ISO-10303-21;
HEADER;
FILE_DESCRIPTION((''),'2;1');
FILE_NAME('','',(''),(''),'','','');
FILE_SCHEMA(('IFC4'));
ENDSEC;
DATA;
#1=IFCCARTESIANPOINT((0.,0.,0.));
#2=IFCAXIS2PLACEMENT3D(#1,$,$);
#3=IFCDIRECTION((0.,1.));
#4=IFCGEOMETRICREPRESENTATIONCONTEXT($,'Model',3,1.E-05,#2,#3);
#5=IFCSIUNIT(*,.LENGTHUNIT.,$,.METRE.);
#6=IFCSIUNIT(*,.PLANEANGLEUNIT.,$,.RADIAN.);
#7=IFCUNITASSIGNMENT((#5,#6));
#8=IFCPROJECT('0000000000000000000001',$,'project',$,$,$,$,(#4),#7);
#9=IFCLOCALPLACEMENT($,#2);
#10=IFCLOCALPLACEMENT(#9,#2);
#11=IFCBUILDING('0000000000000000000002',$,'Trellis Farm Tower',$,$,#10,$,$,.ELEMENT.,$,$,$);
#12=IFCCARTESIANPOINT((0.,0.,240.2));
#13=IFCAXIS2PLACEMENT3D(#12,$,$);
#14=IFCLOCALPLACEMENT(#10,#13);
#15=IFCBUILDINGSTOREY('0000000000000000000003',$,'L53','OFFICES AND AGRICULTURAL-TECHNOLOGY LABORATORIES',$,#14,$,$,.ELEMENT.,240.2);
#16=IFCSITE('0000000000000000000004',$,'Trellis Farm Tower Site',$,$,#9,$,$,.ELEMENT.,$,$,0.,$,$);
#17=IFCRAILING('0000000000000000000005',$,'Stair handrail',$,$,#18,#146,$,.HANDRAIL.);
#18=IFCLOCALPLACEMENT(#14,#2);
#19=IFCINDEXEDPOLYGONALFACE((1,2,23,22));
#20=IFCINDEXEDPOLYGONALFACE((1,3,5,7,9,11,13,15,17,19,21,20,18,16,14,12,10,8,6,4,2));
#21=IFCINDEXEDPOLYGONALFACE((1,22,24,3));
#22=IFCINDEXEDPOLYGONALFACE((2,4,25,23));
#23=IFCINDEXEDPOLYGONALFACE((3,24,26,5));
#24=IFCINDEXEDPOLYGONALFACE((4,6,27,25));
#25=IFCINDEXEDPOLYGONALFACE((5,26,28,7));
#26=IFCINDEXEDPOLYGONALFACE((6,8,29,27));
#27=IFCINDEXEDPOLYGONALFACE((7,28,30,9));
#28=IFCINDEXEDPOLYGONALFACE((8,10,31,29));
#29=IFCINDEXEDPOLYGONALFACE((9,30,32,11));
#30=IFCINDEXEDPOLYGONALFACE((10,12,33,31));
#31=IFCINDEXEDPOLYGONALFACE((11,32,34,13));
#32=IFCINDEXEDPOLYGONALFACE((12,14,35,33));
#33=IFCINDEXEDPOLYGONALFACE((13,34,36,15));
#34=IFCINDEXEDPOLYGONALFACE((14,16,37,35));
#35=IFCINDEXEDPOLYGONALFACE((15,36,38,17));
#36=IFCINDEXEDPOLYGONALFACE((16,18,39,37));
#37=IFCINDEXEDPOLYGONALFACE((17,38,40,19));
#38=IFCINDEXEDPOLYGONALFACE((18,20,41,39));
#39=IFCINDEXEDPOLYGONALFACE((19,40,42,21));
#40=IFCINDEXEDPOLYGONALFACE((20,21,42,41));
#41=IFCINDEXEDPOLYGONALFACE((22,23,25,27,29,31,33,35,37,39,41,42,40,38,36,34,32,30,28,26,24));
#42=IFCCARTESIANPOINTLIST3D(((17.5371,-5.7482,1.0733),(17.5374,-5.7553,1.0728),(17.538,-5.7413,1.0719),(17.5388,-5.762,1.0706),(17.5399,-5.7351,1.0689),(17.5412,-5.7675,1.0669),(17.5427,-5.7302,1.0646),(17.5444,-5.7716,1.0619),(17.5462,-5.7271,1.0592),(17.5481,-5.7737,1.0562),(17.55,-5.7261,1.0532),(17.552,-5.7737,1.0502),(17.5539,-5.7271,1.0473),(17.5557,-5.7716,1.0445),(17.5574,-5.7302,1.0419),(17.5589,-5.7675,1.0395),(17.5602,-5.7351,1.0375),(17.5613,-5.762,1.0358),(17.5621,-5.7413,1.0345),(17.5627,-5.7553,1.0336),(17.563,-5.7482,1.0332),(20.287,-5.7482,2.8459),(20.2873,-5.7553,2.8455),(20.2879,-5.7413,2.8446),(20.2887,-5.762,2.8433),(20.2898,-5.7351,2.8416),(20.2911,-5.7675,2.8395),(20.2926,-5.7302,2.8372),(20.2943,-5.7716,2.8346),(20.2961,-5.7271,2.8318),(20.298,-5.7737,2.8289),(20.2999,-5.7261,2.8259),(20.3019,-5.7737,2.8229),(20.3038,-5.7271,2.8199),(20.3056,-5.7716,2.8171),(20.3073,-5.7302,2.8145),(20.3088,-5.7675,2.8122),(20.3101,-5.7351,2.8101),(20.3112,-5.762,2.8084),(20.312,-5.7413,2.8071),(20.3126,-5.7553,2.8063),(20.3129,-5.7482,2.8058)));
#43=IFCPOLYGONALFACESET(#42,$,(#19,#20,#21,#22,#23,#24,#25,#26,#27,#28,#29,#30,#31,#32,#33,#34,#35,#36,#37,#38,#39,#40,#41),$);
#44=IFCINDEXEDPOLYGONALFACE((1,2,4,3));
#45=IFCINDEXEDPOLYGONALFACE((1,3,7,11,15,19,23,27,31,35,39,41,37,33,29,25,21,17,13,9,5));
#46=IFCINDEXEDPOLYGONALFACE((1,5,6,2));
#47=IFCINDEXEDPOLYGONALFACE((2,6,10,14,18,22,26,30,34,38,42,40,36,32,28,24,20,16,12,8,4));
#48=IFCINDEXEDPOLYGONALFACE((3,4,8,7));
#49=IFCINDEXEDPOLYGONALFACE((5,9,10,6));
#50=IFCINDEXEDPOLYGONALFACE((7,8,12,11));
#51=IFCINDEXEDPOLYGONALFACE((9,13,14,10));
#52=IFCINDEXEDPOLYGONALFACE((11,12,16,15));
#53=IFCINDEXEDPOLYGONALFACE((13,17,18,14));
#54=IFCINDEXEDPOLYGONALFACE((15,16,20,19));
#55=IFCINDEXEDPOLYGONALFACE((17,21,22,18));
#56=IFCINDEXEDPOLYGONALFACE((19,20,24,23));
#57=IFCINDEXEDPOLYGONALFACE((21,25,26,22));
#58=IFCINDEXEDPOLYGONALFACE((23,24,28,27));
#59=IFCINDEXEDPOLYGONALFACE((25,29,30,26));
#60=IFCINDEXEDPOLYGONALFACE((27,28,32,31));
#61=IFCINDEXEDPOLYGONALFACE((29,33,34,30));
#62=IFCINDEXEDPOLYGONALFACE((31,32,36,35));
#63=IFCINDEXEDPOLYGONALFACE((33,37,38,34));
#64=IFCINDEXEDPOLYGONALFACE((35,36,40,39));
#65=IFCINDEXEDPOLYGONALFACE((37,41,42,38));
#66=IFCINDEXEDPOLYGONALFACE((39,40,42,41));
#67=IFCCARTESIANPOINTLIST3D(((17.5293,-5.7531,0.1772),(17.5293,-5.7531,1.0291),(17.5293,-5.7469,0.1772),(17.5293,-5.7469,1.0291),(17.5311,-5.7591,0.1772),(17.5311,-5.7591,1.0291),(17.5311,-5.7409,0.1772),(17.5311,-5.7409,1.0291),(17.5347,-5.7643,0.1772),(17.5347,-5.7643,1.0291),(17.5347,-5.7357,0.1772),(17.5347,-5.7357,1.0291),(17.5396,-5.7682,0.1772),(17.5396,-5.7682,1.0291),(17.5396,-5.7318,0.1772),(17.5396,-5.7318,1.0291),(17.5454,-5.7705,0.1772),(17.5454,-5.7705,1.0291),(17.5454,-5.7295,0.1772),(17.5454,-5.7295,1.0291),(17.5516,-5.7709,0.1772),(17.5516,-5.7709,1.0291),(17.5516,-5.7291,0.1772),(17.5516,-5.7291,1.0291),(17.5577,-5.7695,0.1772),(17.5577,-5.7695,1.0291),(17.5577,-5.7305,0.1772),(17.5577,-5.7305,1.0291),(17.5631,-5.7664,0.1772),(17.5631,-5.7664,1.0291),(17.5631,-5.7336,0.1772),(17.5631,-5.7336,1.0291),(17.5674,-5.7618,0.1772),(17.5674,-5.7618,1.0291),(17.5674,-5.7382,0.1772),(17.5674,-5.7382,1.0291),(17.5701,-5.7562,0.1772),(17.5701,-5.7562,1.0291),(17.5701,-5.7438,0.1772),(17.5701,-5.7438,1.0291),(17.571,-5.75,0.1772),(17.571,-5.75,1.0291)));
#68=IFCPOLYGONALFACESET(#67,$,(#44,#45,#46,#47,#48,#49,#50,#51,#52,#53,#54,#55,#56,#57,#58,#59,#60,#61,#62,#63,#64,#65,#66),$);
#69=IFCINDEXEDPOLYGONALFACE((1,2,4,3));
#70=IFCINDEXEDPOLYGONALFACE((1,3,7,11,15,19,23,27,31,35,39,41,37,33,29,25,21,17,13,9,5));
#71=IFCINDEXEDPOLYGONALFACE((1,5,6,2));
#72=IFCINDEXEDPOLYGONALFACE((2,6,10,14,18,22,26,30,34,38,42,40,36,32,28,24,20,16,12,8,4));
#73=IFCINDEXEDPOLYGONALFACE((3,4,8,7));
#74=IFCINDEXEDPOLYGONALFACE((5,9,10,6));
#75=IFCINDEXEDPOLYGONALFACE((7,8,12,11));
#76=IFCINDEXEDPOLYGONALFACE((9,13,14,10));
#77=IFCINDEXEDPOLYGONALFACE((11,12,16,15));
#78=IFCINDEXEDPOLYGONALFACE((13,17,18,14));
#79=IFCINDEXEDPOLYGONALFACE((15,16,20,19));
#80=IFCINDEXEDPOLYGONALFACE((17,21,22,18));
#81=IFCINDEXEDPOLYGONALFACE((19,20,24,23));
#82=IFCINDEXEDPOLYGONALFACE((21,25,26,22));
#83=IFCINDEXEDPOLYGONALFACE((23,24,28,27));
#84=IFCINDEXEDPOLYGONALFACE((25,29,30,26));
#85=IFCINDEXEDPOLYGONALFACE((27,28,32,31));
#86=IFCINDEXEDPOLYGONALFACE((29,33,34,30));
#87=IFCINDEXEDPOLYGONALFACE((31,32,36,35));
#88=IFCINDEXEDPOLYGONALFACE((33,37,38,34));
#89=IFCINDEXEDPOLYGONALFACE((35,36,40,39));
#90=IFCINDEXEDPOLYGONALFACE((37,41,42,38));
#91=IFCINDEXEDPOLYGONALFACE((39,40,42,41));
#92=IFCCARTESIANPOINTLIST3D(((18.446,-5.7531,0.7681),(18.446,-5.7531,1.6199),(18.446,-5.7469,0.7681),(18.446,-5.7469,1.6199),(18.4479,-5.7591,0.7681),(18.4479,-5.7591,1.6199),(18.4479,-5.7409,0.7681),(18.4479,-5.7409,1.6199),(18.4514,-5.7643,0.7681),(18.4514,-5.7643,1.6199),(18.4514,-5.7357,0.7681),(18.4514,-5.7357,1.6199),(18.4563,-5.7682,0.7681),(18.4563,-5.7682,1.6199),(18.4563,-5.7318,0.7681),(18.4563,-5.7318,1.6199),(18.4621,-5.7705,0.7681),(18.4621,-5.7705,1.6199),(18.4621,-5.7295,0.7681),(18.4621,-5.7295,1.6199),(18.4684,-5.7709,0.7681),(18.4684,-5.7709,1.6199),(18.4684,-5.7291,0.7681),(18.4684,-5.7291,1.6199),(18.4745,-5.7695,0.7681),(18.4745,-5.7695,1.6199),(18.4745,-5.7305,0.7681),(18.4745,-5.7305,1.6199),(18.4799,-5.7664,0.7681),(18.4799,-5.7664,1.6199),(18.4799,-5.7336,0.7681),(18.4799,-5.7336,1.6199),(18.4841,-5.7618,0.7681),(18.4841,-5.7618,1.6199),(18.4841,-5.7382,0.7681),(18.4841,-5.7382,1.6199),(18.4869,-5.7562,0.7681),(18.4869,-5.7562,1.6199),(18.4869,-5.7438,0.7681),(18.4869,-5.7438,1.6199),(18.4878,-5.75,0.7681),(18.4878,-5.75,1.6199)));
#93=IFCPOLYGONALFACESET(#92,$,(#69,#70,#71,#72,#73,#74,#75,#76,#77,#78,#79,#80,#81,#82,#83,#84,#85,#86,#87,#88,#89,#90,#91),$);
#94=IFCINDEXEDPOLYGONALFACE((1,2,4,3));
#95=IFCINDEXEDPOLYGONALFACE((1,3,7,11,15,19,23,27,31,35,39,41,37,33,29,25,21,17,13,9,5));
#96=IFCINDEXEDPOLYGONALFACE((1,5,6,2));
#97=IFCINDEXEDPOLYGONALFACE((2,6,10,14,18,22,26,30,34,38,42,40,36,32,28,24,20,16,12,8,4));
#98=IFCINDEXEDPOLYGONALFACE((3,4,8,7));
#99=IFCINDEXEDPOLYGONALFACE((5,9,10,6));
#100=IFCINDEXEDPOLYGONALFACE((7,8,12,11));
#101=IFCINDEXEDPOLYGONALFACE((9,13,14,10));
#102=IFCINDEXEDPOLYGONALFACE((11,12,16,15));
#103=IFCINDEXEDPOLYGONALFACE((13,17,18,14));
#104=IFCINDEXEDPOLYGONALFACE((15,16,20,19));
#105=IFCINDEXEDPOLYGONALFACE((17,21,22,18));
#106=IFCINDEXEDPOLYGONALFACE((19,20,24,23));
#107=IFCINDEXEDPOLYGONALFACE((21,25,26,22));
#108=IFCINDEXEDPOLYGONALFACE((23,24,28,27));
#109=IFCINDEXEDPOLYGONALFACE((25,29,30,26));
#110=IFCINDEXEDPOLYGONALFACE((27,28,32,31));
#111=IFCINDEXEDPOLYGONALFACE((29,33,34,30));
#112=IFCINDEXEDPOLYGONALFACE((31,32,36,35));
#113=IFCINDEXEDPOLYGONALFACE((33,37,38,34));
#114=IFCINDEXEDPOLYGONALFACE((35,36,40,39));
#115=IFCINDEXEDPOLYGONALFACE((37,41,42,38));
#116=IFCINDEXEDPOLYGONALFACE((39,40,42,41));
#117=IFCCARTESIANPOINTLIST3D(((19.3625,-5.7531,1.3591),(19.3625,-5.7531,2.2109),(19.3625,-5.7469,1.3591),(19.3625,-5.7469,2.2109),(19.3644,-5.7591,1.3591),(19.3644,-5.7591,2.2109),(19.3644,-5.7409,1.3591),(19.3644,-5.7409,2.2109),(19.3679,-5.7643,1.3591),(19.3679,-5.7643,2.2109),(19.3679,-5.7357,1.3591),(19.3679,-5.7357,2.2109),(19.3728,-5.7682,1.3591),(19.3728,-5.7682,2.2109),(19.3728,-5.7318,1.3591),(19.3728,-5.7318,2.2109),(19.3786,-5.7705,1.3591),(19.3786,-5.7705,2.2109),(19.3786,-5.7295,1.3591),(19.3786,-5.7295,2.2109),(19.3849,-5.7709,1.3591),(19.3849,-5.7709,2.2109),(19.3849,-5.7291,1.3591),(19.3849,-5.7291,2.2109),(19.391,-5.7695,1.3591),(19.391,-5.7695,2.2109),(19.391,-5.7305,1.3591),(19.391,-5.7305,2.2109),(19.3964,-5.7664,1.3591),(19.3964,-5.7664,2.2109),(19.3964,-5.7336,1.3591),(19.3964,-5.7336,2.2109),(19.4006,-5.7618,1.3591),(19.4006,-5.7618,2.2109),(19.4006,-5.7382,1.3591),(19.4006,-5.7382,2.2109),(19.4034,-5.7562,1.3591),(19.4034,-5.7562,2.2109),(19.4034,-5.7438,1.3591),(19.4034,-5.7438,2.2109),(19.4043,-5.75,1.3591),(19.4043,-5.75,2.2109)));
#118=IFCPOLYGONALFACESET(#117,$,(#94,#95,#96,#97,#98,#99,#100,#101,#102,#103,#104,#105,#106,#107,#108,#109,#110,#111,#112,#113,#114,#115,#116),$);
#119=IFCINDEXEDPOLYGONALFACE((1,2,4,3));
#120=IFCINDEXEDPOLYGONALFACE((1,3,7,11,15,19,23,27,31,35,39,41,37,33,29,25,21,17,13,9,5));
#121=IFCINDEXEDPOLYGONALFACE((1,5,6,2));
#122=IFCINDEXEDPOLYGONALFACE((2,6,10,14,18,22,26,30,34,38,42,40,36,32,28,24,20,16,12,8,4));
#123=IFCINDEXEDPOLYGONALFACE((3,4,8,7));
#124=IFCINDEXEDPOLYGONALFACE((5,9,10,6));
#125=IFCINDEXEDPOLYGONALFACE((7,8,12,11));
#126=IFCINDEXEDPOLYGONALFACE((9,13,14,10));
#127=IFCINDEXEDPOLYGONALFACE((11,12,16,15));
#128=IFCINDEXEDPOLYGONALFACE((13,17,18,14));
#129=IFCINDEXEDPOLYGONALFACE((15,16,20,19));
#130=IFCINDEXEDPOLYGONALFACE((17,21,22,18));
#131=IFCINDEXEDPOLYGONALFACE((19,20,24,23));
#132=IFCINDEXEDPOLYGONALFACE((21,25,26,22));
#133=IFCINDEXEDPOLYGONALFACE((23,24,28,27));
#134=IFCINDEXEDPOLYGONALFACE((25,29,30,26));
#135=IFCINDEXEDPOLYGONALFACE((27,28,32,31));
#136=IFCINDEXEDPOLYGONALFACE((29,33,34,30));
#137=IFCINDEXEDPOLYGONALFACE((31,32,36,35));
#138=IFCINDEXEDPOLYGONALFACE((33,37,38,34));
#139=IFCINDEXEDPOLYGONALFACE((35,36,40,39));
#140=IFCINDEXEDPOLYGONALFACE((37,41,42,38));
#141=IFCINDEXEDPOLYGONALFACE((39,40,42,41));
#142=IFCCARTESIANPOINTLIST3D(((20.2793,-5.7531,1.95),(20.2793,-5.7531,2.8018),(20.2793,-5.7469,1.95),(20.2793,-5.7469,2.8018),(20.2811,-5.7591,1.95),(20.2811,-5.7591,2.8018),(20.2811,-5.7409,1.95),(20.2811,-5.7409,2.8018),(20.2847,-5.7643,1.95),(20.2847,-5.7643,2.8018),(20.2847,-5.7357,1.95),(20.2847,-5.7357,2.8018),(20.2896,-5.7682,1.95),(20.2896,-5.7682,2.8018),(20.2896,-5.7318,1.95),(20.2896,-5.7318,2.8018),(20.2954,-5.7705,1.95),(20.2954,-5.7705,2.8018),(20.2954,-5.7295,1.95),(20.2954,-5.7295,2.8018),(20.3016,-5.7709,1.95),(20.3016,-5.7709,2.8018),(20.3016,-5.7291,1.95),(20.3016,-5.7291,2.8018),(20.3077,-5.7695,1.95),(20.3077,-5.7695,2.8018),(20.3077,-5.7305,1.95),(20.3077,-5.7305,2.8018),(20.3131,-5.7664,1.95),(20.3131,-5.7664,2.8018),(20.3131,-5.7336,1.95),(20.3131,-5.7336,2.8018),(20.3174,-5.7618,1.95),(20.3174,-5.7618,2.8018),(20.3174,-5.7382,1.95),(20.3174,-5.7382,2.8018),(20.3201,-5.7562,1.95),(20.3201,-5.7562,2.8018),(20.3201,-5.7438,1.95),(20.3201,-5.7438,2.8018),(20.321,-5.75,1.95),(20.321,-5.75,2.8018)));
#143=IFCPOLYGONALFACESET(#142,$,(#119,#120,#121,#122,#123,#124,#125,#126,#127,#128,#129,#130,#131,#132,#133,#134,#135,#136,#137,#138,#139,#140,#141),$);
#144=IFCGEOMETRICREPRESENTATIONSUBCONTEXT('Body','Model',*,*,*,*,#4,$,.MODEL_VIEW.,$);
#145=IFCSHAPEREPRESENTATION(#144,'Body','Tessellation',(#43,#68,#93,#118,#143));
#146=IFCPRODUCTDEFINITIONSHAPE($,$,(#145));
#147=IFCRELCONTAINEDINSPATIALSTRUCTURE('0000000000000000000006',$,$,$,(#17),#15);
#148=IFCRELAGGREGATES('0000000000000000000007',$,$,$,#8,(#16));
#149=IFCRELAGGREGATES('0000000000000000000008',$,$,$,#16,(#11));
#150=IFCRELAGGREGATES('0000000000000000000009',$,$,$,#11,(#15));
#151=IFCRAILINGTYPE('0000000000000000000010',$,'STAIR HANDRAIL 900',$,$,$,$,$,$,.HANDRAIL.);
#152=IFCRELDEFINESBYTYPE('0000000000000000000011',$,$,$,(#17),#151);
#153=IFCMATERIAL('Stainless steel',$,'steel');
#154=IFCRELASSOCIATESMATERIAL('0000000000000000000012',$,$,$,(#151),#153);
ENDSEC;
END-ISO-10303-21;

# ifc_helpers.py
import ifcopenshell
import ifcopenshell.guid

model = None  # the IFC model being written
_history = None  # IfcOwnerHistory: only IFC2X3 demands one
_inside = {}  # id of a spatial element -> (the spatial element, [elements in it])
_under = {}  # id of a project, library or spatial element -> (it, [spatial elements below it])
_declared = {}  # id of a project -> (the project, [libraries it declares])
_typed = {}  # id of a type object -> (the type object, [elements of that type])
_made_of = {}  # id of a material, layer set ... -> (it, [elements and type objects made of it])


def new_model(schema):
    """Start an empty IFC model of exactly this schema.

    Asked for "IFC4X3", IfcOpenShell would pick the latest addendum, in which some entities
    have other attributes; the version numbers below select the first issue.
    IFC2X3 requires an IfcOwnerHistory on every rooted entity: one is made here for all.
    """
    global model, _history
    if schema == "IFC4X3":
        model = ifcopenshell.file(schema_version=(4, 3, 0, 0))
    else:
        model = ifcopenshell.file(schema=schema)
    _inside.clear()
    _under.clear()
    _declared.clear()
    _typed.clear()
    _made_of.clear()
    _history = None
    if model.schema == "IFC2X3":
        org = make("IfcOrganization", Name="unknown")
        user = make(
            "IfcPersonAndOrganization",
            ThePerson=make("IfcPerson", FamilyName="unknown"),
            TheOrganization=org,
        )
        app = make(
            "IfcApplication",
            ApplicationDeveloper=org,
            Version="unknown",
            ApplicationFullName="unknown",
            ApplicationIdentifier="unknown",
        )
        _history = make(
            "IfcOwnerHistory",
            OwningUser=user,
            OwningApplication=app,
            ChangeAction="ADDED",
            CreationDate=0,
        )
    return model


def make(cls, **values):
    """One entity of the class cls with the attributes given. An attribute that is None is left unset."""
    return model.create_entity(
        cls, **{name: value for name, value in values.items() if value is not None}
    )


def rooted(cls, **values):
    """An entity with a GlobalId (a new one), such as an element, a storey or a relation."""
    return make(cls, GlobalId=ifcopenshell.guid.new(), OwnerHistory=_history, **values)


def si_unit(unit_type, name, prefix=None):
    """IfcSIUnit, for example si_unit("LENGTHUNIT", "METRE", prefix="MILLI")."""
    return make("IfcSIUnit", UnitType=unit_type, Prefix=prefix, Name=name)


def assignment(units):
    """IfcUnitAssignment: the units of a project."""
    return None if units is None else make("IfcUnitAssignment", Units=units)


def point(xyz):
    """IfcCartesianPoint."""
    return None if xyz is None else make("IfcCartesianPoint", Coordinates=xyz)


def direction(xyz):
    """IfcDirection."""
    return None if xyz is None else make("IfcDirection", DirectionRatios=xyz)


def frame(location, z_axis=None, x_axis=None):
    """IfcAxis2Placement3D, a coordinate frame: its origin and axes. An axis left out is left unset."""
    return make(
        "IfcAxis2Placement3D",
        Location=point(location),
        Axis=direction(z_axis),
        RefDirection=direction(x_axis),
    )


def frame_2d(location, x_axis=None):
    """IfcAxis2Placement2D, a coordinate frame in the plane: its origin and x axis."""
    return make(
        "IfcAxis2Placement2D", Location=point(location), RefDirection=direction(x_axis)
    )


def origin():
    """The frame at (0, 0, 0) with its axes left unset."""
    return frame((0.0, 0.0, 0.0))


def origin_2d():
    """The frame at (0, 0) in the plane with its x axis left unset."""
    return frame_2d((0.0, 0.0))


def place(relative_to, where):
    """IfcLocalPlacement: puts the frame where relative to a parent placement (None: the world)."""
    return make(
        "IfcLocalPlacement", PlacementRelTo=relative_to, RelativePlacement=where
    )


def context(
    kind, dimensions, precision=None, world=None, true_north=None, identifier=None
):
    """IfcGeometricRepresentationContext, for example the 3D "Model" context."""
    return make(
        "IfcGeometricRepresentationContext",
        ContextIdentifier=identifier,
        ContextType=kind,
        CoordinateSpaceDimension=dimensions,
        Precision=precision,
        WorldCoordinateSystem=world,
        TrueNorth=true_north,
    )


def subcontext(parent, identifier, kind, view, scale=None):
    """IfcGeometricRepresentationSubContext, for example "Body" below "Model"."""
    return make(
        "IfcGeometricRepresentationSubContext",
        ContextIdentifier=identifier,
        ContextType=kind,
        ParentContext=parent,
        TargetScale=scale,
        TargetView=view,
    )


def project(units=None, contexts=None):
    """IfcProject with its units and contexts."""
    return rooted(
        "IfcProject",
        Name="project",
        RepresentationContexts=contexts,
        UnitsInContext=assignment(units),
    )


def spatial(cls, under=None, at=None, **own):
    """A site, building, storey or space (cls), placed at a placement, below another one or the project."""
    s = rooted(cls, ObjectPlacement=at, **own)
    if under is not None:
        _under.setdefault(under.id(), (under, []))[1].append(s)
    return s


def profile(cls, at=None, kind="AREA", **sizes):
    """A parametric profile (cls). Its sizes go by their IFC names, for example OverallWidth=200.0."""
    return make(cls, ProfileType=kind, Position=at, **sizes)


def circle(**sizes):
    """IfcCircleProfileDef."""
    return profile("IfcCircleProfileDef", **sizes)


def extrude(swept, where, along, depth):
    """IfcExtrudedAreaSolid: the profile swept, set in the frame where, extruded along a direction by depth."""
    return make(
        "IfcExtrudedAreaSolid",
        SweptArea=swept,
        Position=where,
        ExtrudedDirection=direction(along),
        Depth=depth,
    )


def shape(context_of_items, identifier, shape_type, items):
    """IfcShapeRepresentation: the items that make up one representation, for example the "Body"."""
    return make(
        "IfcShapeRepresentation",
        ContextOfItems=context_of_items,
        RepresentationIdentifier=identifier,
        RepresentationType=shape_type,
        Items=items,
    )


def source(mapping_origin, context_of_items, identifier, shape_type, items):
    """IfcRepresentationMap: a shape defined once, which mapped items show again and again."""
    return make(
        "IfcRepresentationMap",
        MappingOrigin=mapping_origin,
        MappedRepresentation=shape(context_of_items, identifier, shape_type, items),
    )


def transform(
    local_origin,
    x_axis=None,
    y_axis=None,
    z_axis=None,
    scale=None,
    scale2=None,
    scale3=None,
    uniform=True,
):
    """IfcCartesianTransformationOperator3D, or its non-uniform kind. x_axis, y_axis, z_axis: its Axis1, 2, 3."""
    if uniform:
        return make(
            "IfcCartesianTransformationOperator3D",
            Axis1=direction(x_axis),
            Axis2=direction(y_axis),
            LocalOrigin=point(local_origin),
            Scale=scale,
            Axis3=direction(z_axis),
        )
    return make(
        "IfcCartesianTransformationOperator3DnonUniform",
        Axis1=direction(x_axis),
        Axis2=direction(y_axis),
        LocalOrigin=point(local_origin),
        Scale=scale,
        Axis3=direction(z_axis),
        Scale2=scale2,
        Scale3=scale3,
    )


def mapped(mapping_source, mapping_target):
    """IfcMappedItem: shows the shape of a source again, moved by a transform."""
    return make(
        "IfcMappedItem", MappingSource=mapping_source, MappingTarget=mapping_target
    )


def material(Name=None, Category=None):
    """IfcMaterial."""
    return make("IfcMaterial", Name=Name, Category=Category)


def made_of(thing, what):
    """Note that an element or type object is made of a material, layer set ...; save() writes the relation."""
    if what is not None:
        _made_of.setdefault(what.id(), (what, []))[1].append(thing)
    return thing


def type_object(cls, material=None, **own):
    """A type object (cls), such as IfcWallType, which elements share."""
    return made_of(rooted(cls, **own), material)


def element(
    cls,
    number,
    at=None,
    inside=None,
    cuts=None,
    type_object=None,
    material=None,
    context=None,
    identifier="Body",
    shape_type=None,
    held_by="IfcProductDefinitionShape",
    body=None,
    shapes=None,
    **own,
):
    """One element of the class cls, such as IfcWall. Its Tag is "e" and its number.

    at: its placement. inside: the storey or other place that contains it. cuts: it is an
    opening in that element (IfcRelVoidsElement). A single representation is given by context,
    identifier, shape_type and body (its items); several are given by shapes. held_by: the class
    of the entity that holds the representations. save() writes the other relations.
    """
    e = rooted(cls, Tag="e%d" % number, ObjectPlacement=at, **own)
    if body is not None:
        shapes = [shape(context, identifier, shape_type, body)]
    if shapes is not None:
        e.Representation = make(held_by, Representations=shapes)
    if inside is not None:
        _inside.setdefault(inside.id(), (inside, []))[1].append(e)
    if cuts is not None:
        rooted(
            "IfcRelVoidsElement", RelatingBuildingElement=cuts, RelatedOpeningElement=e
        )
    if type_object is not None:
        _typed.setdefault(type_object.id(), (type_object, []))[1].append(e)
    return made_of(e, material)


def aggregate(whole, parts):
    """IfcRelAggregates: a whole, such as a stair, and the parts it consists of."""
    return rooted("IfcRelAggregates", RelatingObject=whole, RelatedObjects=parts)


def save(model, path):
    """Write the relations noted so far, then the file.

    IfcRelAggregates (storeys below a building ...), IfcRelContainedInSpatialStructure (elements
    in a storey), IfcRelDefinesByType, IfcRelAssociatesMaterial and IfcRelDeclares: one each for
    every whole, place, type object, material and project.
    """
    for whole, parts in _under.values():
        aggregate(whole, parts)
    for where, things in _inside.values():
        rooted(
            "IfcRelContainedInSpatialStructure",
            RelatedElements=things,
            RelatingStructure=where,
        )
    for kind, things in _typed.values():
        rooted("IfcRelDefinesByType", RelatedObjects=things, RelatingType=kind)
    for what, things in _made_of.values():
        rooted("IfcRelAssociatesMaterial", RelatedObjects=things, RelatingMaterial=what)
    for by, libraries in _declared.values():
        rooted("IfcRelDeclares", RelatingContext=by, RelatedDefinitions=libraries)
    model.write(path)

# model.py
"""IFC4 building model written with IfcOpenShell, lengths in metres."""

from ifc_helpers import new_model, si_unit, direction, frame, origin, origin_2d, place, context, subcontext, project, spatial, circle, extrude, source, transform, mapped, material, type_object, element, save


model = new_model("IFC4")

# Units and contexts
model_context = context("Model", 3, precision=1e-05, world=origin(), true_north=direction((0.0, 1.0)))
body_context = subcontext(model_context, "Body", "Model", "MODEL_VIEW")
ifc_project = project(units=[si_unit("LENGTHUNIT", "METRE"), si_unit("PLANEANGLEUNIT", "RADIAN")], contexts=[model_context])

# Site, building, storey
site_placement = place(None, origin())
site = spatial("IfcSite", under=ifc_project, at=site_placement, Name="Trellis Farm Tower Site", CompositionType="ELEMENT", RefElevation=0.0)
building_placement = place(site_placement, origin())
building = spatial("IfcBuilding", under=site, at=building_placement, Name="Trellis Farm Tower", CompositionType="ELEMENT")
storey_placement = place(building_placement, frame((0.0, 0.0, 240.2)))
storey = spatial("IfcBuildingStorey", under=building, at=storey_placement, Name="L53", Description="OFFICES AND AGRICULTURAL-TECHNOLOGY LABORATORIES", CompositionType="ELEMENT", Elevation=240.2)

# Railing
ifc_material_1 = material(Name="Stainless steel", Category="steel")
railing_type = type_object("IfcRailingType", Name="STAIR HANDRAIL 900", PredefinedType="HANDRAIL", material=ifc_material_1)
shared_shape_1 = source(origin(), body_context, "Body", "SweptSolid", [
    extrude(circle(Radius=0.0239, at=origin_2d()), frame((0.0, 0.0, 0.876), z_axis=(0.840504, 0.0, 0.541806), x_axis=(0.0, 1.0, 0.0)), (0.0, 0.0, 1.0), 3.2717),
    extrude(circle(Radius=0.021, at=origin_2d()), origin(), (0.0, 0.0, 1.0), 0.8518),
    extrude(circle(Radius=0.021, at=origin_2d()), frame((0.9167, 0.0, 0.5908)), (0.0, 0.0, 1.0), 0.8518),
    extrude(circle(Radius=0.021, at=origin_2d()), frame((1.8333, 0.0, 1.1819)), (0.0, 0.0, 1.0), 0.8518),
    extrude(circle(Radius=0.021, at=origin_2d()), frame((2.75, 0.0, 1.7727)), (0.0, 0.0, 1.0), 0.8518),
])
railing_placement = place(storey_placement, frame((17.55, -5.75, 0.1772)))
element("IfcRailing", 1, at=railing_placement, inside=storey, type_object=railing_type, Name="Stair handrail", PredefinedType="HANDRAIL", context=body_context, shape_type="MappedRepresentation", body=[
    mapped(shared_shape_1, transform((0.0, 0.0, 0.0))),
])

save(model, "model.ifc")
